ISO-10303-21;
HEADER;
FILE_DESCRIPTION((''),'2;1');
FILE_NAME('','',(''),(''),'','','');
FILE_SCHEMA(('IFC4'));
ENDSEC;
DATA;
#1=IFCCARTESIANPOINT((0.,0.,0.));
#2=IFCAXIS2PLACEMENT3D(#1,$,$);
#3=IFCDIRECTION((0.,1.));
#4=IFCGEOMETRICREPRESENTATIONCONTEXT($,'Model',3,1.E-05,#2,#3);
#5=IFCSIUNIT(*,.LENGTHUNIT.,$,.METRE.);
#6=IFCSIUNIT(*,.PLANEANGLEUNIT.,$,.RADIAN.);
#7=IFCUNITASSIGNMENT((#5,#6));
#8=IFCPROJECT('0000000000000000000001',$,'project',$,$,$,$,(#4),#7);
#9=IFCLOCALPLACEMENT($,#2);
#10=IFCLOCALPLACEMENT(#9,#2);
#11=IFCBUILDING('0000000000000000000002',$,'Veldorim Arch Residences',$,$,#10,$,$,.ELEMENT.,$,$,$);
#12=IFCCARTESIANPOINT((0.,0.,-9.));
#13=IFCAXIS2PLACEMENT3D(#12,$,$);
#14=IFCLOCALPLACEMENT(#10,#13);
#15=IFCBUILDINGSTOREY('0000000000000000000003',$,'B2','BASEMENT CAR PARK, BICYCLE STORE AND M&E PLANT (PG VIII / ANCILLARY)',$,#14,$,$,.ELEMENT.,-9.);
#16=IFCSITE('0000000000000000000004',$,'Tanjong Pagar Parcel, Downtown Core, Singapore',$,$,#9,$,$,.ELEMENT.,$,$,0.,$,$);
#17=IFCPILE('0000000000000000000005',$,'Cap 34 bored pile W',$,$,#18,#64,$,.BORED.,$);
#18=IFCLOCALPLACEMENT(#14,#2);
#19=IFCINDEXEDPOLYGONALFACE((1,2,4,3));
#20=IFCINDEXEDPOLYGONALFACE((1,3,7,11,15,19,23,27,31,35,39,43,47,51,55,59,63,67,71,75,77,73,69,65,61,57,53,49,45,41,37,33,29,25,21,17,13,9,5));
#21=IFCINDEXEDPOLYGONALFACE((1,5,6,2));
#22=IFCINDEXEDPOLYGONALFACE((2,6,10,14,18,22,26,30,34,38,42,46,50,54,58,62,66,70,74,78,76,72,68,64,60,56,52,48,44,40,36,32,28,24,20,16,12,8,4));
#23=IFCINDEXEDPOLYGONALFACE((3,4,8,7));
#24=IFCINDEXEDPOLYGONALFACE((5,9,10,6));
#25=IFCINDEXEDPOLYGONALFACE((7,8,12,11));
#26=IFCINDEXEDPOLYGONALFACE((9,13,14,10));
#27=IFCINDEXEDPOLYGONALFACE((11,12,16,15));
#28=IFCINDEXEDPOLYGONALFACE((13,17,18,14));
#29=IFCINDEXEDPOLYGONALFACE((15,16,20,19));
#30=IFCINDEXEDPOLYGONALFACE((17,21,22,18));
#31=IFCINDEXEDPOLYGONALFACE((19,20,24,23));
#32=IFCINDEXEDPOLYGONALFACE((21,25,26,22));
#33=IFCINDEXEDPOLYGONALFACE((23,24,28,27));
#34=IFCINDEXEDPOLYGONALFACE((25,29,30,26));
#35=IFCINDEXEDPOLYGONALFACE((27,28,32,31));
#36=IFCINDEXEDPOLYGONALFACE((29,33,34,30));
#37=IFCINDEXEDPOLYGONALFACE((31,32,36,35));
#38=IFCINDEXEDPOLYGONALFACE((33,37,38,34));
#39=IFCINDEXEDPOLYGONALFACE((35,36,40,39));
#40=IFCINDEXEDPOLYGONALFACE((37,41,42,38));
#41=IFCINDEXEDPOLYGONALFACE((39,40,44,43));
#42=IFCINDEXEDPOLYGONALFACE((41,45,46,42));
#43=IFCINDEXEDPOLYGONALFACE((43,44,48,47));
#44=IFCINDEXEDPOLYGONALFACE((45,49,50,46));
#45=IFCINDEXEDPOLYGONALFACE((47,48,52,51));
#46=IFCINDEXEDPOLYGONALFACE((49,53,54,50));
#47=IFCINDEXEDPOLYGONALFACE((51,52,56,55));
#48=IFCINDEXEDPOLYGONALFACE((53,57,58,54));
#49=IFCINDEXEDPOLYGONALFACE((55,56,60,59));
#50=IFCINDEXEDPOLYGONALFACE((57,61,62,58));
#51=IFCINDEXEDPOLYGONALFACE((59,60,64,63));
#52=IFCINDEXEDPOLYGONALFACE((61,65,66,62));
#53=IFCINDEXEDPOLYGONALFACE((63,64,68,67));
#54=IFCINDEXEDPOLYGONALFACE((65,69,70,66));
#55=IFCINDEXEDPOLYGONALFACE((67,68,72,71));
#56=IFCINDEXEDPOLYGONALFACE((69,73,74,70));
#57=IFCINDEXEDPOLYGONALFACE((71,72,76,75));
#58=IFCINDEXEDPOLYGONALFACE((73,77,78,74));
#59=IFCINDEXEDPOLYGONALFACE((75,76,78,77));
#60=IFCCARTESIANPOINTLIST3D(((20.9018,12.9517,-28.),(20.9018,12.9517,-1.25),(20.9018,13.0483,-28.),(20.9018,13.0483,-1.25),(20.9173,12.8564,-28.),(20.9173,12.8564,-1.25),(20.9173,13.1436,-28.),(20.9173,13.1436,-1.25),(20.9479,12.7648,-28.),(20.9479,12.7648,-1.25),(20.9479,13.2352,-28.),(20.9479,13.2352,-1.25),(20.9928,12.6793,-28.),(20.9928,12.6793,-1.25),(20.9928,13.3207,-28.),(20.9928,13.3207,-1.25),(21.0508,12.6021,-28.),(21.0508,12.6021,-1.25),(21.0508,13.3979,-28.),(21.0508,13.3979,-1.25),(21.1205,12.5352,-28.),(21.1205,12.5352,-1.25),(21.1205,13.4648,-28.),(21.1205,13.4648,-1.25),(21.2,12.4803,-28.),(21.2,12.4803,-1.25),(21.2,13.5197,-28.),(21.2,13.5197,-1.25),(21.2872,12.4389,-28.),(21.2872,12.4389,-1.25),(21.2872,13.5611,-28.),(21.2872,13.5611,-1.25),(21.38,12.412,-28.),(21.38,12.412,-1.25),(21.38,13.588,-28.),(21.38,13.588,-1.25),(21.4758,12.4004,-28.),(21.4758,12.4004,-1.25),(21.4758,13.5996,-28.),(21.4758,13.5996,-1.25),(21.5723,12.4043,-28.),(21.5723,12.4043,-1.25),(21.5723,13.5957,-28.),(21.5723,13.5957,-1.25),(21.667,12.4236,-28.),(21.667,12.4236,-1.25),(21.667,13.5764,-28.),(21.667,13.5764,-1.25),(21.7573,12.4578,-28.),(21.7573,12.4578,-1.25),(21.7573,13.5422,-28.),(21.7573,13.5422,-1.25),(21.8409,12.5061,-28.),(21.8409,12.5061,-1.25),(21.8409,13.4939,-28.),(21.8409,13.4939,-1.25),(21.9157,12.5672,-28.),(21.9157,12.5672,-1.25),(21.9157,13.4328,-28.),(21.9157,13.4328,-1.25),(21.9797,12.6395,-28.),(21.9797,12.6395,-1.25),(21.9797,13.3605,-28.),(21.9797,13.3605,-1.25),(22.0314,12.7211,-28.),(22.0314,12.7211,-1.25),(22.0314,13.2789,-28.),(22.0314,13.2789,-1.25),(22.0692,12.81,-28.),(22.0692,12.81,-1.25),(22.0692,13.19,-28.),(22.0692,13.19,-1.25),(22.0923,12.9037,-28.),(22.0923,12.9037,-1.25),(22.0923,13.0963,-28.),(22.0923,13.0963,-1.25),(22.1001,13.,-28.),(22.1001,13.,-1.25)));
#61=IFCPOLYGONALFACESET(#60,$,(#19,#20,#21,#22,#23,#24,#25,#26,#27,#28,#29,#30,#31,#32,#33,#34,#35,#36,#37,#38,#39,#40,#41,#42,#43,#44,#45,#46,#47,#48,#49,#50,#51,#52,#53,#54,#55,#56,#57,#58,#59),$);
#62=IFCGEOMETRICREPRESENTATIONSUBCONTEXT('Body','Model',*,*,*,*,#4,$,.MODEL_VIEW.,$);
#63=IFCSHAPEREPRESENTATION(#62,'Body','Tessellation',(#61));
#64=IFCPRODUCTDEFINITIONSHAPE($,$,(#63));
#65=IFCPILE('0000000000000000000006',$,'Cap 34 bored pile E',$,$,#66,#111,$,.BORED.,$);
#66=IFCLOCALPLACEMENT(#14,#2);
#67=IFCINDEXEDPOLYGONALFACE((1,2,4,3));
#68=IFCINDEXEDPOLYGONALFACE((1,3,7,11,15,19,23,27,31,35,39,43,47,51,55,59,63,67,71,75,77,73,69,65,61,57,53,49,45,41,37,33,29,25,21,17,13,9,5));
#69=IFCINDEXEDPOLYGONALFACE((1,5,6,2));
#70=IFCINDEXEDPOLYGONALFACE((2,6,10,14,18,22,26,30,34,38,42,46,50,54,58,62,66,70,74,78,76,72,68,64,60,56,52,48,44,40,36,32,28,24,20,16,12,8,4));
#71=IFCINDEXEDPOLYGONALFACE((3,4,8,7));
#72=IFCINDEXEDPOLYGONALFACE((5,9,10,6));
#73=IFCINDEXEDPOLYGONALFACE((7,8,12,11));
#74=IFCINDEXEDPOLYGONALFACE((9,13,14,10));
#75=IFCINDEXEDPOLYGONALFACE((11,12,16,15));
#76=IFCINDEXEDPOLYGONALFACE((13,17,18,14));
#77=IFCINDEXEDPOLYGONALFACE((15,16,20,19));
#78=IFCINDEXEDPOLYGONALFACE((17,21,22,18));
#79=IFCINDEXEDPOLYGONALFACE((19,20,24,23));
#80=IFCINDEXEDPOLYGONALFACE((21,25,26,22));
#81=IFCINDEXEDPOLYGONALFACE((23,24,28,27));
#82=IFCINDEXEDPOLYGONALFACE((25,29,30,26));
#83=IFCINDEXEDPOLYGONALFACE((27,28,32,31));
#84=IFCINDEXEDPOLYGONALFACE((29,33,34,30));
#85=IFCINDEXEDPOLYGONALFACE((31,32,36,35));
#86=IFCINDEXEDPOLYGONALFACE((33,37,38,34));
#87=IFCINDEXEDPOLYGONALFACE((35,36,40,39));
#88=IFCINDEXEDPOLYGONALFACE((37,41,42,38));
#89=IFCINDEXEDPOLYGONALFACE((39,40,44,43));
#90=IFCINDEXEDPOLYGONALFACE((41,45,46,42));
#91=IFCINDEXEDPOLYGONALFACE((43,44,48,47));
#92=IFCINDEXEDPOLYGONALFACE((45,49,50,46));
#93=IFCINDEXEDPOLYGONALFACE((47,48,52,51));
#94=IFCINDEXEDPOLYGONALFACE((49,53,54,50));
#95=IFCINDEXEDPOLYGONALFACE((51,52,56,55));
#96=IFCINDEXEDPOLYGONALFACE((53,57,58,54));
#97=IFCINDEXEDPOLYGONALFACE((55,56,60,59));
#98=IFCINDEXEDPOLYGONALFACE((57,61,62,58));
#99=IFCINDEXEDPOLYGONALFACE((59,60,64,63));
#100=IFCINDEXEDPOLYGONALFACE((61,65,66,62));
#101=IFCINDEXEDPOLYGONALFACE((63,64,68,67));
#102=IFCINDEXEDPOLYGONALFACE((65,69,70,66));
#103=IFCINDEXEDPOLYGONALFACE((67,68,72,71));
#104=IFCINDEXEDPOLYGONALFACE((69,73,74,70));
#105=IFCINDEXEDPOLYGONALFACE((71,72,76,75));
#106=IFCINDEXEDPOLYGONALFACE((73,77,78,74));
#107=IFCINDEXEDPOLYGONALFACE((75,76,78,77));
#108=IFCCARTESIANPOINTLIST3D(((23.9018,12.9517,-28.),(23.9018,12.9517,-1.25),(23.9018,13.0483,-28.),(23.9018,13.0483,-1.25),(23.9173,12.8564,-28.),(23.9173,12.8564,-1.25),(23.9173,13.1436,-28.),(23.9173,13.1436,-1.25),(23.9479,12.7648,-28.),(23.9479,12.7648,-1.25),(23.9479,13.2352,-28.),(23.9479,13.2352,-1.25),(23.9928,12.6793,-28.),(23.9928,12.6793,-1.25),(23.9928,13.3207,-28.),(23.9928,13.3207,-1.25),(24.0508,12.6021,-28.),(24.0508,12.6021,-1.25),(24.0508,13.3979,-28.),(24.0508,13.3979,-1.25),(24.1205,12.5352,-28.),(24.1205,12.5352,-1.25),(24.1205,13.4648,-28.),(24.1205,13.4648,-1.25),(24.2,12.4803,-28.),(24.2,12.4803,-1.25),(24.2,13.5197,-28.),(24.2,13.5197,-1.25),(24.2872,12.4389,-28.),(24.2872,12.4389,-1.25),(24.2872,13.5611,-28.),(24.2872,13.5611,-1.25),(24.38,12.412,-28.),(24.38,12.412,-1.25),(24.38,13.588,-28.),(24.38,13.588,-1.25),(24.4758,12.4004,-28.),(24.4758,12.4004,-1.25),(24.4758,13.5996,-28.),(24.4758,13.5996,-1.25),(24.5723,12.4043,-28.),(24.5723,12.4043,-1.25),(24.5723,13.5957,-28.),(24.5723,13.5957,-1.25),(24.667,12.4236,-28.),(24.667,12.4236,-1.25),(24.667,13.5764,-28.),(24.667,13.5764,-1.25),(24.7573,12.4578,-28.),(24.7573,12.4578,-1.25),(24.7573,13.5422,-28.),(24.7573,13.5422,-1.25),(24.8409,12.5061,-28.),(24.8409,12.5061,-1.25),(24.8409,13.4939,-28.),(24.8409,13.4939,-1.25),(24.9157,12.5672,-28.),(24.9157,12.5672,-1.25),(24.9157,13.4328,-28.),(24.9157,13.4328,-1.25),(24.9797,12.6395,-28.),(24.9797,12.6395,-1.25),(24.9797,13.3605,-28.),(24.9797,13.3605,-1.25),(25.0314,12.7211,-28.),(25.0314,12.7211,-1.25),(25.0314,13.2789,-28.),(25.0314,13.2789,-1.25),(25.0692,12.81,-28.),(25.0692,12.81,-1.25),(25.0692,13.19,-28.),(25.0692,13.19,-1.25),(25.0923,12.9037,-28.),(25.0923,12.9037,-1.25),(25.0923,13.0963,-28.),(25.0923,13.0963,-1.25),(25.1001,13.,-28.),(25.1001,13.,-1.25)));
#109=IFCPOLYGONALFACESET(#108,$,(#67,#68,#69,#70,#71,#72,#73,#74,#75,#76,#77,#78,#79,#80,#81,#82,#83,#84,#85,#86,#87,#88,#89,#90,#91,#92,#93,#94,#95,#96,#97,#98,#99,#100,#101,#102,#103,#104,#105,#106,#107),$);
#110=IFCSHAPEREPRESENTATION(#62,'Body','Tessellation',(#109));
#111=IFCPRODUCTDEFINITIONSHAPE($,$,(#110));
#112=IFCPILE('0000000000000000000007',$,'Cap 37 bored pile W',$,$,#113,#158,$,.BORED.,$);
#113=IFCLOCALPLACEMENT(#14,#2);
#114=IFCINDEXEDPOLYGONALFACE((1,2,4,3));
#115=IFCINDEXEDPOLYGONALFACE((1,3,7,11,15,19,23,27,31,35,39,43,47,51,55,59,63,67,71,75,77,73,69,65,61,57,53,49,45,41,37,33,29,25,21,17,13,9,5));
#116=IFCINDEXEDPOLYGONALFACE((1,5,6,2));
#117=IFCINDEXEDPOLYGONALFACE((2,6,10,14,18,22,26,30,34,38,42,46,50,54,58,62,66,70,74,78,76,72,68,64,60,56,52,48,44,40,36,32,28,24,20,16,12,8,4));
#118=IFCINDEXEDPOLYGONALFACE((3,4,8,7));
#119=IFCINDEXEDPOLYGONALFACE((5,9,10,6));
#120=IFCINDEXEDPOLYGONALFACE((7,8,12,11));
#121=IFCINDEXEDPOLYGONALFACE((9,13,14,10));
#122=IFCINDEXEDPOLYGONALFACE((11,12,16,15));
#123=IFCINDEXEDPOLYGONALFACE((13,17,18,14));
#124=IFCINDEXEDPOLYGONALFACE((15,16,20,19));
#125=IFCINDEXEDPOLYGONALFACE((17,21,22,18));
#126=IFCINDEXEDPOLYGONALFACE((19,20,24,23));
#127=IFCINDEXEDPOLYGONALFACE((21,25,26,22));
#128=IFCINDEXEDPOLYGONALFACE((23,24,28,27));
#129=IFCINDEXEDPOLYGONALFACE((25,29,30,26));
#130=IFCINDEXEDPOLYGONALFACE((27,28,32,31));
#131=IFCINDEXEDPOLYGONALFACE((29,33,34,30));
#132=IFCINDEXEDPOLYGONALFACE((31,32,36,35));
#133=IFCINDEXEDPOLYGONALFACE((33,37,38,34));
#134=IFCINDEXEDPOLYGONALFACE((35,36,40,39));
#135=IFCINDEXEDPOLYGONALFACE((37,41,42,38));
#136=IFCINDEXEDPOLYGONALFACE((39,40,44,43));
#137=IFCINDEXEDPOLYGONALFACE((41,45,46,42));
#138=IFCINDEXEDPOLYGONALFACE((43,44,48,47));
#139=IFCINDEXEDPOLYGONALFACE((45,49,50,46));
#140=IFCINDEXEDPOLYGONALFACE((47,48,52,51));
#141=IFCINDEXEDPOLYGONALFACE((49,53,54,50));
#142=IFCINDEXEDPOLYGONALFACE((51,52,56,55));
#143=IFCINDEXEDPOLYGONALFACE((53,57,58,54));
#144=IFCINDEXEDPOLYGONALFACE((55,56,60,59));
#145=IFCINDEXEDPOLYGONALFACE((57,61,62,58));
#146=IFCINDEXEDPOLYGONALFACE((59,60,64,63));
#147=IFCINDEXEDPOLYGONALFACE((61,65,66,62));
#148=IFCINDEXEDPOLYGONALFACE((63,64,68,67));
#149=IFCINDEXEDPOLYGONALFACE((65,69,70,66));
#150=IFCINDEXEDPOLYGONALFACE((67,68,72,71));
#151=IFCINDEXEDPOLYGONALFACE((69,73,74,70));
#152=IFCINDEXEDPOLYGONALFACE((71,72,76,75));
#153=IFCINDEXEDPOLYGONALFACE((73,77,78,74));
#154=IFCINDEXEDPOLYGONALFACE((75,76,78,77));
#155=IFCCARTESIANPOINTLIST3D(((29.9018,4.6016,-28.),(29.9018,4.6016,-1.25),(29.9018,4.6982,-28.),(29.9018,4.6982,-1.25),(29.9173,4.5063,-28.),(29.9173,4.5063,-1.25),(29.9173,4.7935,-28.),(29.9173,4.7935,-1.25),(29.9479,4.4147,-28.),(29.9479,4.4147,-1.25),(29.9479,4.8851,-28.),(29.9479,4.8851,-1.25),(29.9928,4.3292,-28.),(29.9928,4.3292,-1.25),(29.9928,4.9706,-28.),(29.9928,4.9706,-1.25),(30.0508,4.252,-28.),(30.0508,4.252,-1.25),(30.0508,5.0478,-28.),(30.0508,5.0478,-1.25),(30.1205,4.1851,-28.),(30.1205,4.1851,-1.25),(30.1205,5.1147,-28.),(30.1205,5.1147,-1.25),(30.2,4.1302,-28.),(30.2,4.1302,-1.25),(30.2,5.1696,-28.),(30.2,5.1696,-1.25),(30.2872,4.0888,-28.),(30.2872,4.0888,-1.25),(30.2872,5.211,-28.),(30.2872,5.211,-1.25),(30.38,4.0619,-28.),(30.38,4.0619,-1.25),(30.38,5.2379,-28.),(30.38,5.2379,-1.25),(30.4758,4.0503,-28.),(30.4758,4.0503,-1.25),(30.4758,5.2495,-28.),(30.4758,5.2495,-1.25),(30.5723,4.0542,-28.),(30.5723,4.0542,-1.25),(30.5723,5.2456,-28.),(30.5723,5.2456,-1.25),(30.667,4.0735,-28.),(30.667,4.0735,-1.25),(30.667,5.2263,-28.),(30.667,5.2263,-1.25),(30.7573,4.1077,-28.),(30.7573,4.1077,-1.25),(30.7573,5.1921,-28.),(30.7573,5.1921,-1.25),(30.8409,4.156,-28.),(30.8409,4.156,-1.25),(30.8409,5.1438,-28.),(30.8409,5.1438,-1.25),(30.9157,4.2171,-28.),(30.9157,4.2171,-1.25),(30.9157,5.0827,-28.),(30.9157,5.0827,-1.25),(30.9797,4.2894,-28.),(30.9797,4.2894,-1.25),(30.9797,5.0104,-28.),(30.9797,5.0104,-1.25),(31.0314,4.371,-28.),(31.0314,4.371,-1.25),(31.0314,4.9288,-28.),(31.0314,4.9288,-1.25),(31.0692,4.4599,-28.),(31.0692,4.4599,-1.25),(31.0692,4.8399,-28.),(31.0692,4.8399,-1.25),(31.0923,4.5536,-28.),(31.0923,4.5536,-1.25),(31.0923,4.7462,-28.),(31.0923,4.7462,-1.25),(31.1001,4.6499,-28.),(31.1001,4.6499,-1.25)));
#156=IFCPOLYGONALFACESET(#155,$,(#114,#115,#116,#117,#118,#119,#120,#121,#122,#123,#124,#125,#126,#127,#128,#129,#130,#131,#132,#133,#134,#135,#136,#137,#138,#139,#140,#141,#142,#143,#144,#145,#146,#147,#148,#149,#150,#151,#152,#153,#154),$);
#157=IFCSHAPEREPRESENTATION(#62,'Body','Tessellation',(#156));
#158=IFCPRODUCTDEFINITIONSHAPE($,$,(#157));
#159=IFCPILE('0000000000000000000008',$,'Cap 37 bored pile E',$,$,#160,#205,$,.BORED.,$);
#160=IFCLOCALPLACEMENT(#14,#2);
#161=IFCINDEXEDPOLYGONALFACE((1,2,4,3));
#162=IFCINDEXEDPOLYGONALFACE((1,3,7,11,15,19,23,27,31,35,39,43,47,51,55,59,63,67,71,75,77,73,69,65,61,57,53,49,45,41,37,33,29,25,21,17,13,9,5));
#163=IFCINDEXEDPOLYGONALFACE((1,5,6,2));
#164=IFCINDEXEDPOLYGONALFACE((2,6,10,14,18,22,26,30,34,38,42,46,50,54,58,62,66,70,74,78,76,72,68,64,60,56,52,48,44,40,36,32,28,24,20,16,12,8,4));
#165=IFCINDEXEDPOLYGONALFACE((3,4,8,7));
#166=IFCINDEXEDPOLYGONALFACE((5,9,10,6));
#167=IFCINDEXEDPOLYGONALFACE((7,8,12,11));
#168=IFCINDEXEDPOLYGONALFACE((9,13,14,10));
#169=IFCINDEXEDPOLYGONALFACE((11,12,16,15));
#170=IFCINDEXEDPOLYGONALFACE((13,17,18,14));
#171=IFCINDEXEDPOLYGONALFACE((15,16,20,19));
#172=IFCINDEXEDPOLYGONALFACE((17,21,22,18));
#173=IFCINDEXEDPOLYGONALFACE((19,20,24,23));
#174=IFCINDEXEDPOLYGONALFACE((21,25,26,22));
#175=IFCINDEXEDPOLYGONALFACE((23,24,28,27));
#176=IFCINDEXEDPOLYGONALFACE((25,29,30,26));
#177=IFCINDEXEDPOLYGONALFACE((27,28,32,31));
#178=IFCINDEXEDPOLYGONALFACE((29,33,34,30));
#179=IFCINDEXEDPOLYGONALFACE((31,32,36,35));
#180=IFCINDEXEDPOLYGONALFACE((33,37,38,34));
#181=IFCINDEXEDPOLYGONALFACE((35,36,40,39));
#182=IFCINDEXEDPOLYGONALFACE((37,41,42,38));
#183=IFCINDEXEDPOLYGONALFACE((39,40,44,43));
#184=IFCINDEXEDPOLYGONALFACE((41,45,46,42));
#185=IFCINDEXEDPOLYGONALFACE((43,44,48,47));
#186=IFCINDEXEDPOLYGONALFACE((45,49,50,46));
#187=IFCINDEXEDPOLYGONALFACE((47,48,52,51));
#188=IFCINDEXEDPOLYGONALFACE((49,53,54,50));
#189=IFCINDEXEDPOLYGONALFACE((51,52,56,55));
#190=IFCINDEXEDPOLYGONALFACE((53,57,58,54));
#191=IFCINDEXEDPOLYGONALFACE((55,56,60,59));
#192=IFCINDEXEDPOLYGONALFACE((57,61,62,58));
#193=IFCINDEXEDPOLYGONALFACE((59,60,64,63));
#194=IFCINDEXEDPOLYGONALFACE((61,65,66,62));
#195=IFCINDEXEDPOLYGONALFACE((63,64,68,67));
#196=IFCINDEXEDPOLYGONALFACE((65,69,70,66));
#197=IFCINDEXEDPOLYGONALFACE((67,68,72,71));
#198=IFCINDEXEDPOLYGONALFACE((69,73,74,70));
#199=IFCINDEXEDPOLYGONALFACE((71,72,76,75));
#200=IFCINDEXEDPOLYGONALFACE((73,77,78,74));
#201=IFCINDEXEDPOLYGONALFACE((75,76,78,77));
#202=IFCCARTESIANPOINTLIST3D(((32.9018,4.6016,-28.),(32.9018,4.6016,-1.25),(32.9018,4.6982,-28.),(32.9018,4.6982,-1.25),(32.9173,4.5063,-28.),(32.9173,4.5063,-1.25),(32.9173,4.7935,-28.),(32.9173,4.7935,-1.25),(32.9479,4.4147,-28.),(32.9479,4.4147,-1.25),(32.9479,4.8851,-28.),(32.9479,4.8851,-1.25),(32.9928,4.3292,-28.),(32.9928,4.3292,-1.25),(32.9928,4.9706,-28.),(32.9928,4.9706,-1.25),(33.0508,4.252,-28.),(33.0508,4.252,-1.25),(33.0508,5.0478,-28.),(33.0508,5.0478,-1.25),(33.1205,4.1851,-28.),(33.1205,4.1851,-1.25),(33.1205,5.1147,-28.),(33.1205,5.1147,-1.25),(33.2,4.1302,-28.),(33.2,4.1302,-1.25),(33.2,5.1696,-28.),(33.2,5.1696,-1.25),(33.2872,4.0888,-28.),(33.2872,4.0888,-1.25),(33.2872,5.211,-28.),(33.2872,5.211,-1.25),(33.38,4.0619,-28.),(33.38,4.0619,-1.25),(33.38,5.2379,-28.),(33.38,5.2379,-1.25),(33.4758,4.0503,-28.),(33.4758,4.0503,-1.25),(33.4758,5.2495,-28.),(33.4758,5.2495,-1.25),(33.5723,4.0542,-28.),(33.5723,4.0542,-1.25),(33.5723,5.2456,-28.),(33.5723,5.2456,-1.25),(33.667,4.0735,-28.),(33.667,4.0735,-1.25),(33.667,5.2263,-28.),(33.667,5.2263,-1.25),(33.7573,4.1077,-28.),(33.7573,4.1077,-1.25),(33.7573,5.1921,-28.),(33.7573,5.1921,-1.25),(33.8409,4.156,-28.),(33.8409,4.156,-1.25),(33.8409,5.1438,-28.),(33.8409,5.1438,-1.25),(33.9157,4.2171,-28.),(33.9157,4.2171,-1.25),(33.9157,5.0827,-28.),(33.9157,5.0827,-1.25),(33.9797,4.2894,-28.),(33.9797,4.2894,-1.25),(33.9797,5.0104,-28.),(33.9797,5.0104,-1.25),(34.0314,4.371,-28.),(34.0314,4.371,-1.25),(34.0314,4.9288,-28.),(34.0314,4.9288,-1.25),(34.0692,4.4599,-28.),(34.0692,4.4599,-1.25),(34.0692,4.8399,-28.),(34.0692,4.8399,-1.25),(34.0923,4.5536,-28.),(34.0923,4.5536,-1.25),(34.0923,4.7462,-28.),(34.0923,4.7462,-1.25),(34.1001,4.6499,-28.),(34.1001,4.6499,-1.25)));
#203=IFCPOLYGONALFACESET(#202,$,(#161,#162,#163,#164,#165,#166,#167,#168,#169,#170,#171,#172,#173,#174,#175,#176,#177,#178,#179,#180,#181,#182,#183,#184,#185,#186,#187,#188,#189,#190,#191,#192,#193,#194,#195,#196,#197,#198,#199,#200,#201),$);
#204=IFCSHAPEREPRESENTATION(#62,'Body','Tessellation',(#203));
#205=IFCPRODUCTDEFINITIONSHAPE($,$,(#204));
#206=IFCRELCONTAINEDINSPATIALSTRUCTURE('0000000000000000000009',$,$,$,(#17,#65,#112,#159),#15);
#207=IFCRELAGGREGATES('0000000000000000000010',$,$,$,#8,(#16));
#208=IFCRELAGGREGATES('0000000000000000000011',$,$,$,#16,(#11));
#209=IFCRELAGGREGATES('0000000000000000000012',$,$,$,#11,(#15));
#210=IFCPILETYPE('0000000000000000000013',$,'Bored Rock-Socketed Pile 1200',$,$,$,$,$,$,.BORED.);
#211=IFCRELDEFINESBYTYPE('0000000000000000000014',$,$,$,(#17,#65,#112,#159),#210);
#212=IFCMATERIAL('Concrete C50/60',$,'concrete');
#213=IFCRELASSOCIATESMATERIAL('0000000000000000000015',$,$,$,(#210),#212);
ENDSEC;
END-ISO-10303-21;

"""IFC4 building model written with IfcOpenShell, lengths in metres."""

from ifc_helpers import new_model, si_unit, direction, frame, origin, origin_2d, place, context, subcontext, project, spatial, circle, extrude, material, material_profile, profile_set, type_object, element, save


model = new_model("IFC4")

# Units and contexts
model_context = context("Model", 3, precision=1e-05, world=origin(), true_north=direction((0.0, 1.0)))
body_context = subcontext(model_context, "Body", "Model", "MODEL_VIEW")
ifc_project = project(units=[si_unit("LENGTHUNIT", "METRE"), si_unit("PLANEANGLEUNIT", "RADIAN")], contexts=[model_context])

# Site, building, storey
site_placement = place(None, origin())
site = spatial("IfcSite", under=ifc_project, at=site_placement, Name="Tanjong Pagar Parcel, Downtown Core, Singapore", CompositionType="ELEMENT", RefElevation=0.0)
building_placement = place(site_placement, origin())
building = spatial("IfcBuilding", under=site, at=building_placement, Name="Veldorim Arch Residences", CompositionType="ELEMENT")
storey_placement = place(building_placement, frame((0.0, 0.0, -9.0)))
storey = spatial("IfcBuildingStorey", under=building, at=storey_placement, Name="B2", Description="BASEMENT CAR PARK, BICYCLE STORE AND M&E PLANT (PG VIII / ANCILLARY)", CompositionType="ELEMENT", Elevation=-9.0)

# Piles
ifc_material_1 = material(Name="Concrete C50/60", Category="concrete")
ifc_material_profile_1 = material_profile(ifc_material_1, circle(Radius=0.6001, at=origin_2d()), Name="PILE_1200")
ifc_profile_set_1 = profile_set([ifc_material_profile_1], Name="Concrete C50/60")
pile_type_1 = type_object("IfcPileType", Name="Bored Rock-Socketed Pile 1200", PredefinedType="BORED", material=ifc_profile_set_1)
for number, where, z_axis, x_axis, name in (
    (1, (21.5, 13.0, -1.25), (0.0, 0.0, -1.0), (1.0, 0.0, 0.0), "Cap 34 bored pile W"),
    (2, (24.5, 13.0, -1.25), (0.0, 0.0, -1.0), (1.0, 0.0, 0.0), "Cap 34 bored pile E"),
    (3, (30.5, 4.6499, -1.25), (0.0, 0.0, -1.0), (1.0, 0.0, 0.0), "Cap 37 bored pile W"),
    (4, (33.5, 4.6499, -1.25), (0.0, 0.0, -1.0), (1.0, 0.0, 0.0), "Cap 37 bored pile E"),
):
    element("IfcPile", number, at=place(storey_placement, frame(where, z_axis=z_axis, x_axis=x_axis)), inside=storey, type_object=pile_type_1, Name=name, PredefinedType="BORED", context=body_context, shape_type="SweptSolid", body=[
        extrude(circle(Radius=0.6001, at=origin_2d()), origin(), (0.0, 0.0, 1.0), 26.75),
    ])

save(model, "model.ifc")
